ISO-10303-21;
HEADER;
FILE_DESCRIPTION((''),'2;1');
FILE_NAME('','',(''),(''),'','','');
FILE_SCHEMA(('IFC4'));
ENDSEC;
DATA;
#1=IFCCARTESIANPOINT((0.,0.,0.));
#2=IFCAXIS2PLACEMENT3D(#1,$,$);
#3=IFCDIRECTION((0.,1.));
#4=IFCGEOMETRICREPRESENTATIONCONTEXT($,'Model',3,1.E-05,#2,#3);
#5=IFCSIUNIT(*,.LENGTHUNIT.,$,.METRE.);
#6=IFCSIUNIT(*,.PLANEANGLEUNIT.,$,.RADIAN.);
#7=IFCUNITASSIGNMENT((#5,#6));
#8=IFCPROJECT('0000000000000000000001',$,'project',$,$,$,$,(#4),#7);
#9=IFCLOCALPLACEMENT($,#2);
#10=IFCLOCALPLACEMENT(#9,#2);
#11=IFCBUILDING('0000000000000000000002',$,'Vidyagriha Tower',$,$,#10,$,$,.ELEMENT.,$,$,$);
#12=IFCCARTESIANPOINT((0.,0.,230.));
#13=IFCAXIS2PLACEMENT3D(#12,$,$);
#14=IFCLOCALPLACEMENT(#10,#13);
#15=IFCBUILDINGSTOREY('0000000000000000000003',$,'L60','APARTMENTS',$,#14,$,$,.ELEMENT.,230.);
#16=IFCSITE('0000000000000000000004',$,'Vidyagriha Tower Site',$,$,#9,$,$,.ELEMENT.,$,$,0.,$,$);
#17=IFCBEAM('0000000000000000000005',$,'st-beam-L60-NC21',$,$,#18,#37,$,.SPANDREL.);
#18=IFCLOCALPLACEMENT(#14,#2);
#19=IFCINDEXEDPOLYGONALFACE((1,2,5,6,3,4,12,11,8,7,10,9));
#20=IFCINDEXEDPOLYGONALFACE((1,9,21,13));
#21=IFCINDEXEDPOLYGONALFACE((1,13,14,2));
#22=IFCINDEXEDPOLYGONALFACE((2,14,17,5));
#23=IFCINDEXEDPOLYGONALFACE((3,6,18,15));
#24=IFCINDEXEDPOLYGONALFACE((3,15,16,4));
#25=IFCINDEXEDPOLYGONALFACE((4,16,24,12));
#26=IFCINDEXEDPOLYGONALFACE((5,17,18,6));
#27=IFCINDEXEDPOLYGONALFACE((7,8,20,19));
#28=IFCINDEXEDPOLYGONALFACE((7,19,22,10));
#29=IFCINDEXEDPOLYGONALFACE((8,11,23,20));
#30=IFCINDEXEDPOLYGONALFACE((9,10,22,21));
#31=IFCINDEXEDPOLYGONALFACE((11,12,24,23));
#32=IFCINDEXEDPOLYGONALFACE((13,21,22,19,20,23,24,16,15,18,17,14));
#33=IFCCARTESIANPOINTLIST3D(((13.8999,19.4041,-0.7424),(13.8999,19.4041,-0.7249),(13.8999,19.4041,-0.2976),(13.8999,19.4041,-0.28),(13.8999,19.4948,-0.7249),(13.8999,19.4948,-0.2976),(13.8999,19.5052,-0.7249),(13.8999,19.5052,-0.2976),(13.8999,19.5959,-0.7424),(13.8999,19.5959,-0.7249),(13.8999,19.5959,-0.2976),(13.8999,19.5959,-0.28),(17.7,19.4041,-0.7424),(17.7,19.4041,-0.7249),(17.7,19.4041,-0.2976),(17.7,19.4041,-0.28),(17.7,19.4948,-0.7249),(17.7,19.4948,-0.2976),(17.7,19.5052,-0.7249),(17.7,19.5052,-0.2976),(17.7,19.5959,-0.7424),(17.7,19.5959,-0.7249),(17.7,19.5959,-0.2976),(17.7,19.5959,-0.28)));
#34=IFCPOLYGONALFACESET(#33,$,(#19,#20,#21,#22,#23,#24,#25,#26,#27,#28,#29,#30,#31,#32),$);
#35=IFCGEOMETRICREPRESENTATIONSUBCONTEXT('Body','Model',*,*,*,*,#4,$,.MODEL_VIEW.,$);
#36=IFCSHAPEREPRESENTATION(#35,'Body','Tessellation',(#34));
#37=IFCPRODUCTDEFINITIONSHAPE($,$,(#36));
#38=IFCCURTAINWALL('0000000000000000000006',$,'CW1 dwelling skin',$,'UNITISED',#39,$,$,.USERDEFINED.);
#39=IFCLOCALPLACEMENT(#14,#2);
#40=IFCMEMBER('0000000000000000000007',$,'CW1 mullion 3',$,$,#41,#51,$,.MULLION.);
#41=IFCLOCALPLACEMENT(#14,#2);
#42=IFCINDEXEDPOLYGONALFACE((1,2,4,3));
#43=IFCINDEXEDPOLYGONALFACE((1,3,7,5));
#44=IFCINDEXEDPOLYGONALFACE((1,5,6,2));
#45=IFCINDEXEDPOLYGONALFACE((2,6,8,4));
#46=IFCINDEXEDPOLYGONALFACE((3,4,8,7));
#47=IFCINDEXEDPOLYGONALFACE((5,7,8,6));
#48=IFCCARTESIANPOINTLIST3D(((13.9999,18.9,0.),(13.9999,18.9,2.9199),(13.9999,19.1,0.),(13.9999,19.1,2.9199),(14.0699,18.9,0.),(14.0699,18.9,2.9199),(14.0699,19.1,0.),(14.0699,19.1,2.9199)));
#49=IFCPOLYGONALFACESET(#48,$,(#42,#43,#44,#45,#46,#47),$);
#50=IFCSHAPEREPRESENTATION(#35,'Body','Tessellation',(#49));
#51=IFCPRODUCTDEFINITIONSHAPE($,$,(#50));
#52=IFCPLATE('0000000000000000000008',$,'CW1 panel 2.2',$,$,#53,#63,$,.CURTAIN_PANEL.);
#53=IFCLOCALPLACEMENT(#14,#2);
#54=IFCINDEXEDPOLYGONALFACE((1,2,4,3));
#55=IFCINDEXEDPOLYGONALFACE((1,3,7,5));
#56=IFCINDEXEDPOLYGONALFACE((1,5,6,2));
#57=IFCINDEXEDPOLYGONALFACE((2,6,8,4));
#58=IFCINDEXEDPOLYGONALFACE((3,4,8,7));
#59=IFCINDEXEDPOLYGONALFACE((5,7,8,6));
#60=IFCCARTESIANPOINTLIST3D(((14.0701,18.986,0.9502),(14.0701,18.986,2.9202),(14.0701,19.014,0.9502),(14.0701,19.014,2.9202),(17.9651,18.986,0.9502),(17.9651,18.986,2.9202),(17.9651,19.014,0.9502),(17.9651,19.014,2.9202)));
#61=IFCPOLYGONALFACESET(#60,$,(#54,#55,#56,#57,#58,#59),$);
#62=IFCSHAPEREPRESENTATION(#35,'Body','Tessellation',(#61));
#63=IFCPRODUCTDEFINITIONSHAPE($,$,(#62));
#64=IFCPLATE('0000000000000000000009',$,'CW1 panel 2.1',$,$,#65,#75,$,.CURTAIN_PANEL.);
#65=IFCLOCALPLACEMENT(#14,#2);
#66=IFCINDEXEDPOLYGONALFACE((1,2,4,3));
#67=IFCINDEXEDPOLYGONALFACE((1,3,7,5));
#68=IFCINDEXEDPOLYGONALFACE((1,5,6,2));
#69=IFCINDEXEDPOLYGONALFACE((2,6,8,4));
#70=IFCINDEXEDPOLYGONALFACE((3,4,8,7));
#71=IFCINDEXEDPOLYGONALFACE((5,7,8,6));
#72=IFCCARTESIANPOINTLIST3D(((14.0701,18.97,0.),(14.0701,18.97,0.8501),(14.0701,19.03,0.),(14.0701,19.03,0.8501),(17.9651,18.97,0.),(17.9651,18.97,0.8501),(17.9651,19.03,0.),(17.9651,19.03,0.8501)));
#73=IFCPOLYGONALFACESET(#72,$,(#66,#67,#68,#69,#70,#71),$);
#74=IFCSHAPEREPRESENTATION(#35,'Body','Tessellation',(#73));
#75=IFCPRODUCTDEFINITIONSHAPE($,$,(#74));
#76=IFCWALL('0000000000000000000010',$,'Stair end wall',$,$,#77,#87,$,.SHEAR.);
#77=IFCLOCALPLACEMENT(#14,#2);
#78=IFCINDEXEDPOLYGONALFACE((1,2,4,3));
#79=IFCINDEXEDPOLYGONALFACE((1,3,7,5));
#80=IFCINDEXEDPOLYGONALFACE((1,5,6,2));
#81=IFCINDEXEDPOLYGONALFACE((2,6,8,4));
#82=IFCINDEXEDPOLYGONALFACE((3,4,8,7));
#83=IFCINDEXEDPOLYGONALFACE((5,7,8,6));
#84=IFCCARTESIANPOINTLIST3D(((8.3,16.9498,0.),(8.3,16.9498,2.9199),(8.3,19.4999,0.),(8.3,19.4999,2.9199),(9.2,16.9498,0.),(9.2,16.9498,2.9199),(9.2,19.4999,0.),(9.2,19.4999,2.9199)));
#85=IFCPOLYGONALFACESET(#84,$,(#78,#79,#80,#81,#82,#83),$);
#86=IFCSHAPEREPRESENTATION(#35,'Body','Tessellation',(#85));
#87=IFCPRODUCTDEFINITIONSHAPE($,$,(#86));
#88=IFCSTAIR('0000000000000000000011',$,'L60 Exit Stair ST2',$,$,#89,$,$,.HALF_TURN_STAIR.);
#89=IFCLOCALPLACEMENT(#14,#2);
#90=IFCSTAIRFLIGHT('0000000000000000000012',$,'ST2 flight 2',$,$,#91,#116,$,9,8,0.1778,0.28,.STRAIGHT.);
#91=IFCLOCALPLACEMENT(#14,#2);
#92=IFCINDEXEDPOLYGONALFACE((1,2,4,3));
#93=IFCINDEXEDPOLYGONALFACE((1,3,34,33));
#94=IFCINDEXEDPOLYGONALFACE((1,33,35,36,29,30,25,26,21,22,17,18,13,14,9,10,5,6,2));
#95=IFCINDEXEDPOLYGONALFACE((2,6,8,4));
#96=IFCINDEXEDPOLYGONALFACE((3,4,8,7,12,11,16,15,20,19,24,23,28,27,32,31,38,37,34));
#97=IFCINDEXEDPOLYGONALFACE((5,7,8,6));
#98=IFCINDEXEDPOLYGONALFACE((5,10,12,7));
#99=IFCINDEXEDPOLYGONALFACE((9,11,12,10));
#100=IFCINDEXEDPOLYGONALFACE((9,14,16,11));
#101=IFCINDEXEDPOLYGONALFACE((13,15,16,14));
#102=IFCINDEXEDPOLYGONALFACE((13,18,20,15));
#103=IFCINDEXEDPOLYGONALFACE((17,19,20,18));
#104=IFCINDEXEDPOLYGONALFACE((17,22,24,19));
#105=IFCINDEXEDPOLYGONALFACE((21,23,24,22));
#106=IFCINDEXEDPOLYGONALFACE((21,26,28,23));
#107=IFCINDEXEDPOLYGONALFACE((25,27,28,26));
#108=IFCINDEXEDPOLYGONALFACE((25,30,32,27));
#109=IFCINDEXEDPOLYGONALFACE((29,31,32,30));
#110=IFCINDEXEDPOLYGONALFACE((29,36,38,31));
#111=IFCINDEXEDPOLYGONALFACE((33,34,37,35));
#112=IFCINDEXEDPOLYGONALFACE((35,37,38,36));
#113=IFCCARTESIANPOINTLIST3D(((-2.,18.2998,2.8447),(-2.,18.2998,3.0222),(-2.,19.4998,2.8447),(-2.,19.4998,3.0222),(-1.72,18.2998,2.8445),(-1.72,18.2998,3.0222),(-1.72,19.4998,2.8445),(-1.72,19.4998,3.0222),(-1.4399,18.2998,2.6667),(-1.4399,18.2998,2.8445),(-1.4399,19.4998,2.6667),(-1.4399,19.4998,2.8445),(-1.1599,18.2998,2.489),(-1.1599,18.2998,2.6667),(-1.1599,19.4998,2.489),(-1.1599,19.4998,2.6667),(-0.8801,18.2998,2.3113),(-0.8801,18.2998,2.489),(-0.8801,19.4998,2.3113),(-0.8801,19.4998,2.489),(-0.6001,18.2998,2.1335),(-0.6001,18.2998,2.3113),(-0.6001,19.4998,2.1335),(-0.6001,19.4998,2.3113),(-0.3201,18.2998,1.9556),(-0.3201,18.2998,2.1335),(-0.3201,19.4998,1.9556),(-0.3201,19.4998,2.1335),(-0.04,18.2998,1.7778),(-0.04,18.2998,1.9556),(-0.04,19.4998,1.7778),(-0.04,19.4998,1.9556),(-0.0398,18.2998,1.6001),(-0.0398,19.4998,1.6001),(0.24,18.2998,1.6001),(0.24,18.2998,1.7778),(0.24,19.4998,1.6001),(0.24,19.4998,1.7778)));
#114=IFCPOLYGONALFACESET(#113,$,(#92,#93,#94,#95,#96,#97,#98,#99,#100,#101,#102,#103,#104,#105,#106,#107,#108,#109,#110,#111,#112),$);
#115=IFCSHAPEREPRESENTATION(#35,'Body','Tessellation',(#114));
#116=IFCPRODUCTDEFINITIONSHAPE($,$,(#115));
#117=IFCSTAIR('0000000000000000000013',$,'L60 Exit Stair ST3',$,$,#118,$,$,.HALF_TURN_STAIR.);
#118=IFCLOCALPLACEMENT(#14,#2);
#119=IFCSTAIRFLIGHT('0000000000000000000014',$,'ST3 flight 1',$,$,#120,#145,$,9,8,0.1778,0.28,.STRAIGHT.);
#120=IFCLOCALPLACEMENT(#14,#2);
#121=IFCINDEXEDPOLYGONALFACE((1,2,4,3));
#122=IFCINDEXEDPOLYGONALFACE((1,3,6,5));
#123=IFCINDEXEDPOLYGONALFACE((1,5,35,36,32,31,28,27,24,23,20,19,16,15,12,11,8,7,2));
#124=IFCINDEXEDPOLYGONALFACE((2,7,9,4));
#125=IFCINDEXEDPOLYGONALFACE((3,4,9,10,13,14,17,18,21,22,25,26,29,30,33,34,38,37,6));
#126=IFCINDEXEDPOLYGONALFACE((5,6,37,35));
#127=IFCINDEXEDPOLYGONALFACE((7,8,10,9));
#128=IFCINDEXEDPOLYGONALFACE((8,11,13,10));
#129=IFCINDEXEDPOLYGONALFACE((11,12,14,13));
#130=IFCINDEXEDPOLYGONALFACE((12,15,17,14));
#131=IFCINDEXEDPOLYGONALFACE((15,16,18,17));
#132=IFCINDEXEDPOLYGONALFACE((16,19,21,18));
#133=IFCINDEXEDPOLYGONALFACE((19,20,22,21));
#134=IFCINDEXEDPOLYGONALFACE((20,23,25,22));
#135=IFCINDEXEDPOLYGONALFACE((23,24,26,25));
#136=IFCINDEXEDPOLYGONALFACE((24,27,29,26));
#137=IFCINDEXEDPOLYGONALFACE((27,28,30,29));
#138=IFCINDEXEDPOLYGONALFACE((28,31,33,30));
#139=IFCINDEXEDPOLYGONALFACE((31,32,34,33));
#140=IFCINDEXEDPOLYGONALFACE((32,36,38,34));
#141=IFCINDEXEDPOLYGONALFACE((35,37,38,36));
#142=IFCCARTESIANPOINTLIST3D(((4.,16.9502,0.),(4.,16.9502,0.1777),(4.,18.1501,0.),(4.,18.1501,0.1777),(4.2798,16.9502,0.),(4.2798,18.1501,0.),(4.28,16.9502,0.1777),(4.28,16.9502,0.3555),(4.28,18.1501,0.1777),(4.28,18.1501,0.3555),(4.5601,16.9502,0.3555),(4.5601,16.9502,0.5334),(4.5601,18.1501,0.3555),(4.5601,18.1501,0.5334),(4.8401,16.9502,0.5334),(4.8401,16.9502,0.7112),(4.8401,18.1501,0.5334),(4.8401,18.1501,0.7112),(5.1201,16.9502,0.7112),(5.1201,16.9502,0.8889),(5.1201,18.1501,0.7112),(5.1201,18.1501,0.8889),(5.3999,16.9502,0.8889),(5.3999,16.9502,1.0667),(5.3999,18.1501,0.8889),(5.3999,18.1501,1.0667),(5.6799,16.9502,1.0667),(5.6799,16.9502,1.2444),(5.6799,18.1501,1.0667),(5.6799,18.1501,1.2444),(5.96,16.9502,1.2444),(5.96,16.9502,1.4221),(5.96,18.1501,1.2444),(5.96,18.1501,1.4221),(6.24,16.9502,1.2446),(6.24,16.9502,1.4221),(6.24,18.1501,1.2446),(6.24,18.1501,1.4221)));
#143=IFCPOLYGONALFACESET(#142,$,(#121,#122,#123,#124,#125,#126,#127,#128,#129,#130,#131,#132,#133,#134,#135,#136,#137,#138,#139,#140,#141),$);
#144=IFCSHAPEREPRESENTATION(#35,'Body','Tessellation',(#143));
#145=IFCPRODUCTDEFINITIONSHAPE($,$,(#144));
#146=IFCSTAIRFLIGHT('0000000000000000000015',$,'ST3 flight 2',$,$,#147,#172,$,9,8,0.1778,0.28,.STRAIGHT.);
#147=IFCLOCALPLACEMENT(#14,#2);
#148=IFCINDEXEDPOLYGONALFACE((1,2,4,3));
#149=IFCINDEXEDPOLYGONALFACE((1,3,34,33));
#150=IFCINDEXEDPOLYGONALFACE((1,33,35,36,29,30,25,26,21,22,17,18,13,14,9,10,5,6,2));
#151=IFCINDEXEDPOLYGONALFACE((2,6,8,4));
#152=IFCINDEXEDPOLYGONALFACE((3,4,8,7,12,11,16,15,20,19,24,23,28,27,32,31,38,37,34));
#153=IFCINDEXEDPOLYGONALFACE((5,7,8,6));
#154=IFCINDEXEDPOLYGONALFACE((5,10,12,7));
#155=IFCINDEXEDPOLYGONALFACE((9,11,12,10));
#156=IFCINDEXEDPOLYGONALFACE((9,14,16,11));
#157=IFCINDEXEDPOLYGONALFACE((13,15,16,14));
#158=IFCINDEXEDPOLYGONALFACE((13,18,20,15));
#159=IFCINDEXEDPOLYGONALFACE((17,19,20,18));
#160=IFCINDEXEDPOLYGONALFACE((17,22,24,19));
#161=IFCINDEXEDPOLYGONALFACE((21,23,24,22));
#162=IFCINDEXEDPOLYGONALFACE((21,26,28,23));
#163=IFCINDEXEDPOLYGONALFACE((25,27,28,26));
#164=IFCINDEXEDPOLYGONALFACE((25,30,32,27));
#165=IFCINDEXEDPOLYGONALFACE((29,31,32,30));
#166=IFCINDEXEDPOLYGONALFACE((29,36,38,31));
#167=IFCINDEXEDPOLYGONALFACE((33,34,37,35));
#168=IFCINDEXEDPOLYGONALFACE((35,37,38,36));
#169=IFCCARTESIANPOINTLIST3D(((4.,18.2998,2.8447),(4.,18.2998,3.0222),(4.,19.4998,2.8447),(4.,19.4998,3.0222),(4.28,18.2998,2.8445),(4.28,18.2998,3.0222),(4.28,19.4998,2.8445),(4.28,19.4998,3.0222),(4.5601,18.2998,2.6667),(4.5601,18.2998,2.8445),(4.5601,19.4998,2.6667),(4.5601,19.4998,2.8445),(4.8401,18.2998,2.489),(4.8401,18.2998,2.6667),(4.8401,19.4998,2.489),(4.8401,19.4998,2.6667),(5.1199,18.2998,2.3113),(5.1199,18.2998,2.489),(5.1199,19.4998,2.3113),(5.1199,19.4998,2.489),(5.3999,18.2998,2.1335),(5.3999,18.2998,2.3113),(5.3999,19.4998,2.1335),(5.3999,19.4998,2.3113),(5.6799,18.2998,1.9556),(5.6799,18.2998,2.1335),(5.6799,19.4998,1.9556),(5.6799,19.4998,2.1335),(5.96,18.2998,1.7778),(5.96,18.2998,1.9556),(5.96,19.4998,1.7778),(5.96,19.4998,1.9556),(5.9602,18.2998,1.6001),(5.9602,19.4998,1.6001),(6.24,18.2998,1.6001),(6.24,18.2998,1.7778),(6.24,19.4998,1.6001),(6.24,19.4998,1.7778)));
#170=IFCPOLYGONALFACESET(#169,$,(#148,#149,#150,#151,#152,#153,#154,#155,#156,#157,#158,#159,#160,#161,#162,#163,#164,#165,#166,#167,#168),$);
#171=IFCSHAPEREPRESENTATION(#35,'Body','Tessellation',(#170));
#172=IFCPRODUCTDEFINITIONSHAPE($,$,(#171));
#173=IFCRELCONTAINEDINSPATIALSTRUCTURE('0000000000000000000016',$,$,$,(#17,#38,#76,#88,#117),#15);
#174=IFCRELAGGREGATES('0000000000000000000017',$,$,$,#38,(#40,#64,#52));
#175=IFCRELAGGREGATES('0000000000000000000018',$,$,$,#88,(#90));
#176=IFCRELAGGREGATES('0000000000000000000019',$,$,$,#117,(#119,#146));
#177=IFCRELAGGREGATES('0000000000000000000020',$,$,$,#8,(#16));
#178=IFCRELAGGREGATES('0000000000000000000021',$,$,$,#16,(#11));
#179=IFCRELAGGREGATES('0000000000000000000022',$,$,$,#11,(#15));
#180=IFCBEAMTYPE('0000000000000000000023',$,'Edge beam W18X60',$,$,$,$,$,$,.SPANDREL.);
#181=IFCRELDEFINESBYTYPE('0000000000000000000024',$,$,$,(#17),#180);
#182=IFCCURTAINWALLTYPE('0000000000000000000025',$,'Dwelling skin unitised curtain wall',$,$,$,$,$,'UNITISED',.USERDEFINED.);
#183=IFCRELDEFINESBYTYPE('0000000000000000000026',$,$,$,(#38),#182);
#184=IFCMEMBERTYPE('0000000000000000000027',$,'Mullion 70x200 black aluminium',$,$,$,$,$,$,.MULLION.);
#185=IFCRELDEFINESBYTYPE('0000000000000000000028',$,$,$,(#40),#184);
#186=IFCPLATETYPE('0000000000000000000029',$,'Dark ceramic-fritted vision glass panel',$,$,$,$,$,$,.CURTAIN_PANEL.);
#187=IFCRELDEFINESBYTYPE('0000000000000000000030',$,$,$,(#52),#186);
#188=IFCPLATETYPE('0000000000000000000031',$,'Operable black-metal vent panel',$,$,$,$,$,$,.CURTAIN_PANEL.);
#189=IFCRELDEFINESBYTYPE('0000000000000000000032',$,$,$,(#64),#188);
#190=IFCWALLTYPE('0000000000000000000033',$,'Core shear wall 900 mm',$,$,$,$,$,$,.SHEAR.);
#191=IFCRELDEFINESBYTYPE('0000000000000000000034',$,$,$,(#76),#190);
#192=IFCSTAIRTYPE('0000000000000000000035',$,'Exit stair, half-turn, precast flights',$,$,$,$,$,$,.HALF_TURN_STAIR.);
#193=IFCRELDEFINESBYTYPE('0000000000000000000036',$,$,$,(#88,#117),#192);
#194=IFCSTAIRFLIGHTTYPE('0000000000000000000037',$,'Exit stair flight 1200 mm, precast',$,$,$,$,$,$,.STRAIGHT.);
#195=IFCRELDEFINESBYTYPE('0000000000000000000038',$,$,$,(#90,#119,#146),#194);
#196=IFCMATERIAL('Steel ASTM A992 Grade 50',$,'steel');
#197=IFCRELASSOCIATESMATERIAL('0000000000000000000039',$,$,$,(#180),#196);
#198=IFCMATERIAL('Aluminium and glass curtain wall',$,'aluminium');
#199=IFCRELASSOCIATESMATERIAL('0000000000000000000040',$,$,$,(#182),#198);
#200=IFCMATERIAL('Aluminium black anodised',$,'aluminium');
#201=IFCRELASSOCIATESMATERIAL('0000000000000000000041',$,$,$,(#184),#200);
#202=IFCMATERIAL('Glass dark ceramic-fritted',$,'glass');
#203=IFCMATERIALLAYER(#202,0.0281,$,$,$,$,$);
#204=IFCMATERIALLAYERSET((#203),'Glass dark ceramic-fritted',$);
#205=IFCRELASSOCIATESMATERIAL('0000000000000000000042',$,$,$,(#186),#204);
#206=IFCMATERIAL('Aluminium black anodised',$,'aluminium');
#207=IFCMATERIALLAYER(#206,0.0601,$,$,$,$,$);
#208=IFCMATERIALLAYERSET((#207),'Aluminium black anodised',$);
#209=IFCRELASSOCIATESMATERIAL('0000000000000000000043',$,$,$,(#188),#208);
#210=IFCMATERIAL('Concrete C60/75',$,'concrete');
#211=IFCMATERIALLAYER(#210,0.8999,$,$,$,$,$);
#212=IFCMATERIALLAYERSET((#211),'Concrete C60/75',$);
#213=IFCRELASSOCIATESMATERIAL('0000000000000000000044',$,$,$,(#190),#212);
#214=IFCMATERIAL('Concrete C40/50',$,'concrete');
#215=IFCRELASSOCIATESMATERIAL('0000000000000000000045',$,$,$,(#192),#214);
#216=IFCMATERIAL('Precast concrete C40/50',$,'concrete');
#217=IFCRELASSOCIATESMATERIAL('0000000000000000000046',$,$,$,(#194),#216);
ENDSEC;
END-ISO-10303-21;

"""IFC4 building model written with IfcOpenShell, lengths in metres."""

from ifc_helpers import new_model, si_unit, direction, frame, frame_2d, origin, origin_2d, place, context, subcontext, project, spatial, polyline, rectangle, i_section, outline, extrude, material, layer, layer_set, material_profile, profile_set, type_object, element, aggregate, save


model = new_model("IFC4")

# Units and contexts
model_context = context("Model", 3, precision=1e-05, world=origin(), true_north=direction((0.0, 1.0)))
body_context = subcontext(model_context, "Body", "Model", "MODEL_VIEW")
ifc_project = project(units=[si_unit("LENGTHUNIT", "METRE"), si_unit("PLANEANGLEUNIT", "RADIAN")], contexts=[model_context])

# Site, building, storey
site_placement = place(None, origin())
site = spatial("IfcSite", under=ifc_project, at=site_placement, Name="Vidyagriha Tower Site", CompositionType="ELEMENT", RefElevation=0.0)
building_placement = place(site_placement, origin())
building = spatial("IfcBuilding", under=site, at=building_placement, Name="Vidyagriha Tower", CompositionType="ELEMENT")
storey_placement = place(building_placement, frame((0.0, 0.0, 230.0)))
storey = spatial("IfcBuildingStorey", under=building, at=storey_placement, Name="L60", Description="APARTMENTS", CompositionType="ELEMENT", Elevation=230.0)

# Beam
ifc_material_1 = material(Name="Steel ASTM A992 Grade 50", Category="steel")
ifc_material_profile_1 = material_profile(ifc_material_1, i_section(OverallWidth=0.1919, OverallDepth=0.4624, WebThickness=0.0105, FlangeThickness=0.0176, at=origin_2d()), Name="W18X60")
ifc_profile_set_1 = profile_set([ifc_material_profile_1], Name="Steel ASTM A992 Grade 50")
beam_type = type_object("IfcBeamType", Name="Edge beam W18X60", PredefinedType="SPANDREL", material=ifc_profile_set_1)
beam_placement = place(storey_placement, frame((13.8999, 19.5, -0.5112), z_axis=(1.0, 0.0, 0.0), x_axis=(0.0, 1.0, 0.0)))
element("IfcBeam", 1, at=beam_placement, inside=storey, type_object=beam_type, Name="st-beam-L60-NC21", PredefinedType="SPANDREL", context=body_context, shape_type="SweptSolid", body=[
    extrude(i_section(OverallWidth=0.1919, OverallDepth=0.4624, WebThickness=0.0105, FlangeThickness=0.0176, at=origin_2d()), origin(), (0.0, 0.0, 1.0), 3.8),
])

# Curtain wall, member, plates
ifc_material_2 = material(Name="Aluminium and glass curtain wall", Category="aluminium")
curtain_wall_type = type_object("IfcCurtainWallType", Name="Dwelling skin unitised curtain wall", ElementType="UNITISED", PredefinedType="USERDEFINED", material=ifc_material_2)
curtain_wall_placement = place(storey_placement, origin())
curtain_wall = element("IfcCurtainWall", 2, at=curtain_wall_placement, inside=storey, type_object=curtain_wall_type, Name="CW1 dwelling skin", ObjectType="UNITISED", PredefinedType="USERDEFINED")
ifc_material_3 = material(Name="Aluminium black anodised", Category="aluminium")
ifc_material_profile_2 = material_profile(ifc_material_3, rectangle(XDim=0.2, YDim=0.0701, at=origin_2d()), Name="Mullion 70x200 black aluminium")
ifc_profile_set_2 = profile_set([ifc_material_profile_2], Name="Aluminium black anodised")
member_type = type_object("IfcMemberType", Name="Mullion 70x200 black aluminium", PredefinedType="MULLION", material=ifc_profile_set_2)
member_placement = place(storey_placement, frame((14.0349, 19.0, 0.0), z_axis=(0.0, 0.0, 1.0), x_axis=(0.0, -1.0, 0.0)))
member = element("IfcMember", 3, at=member_placement, type_object=member_type, Name="CW1 mullion 3", PredefinedType="MULLION", context=body_context, shape_type="SweptSolid", body=[
    extrude(rectangle(XDim=0.2, YDim=0.0701, at=origin_2d()), origin(), (0.0, 0.0, 1.0), 2.9199),
])
ifc_material_4 = material(Name="Glass dark ceramic-fritted", Category="glass")
ifc_layer_1 = layer(ifc_material_4, 0.0281)
ifc_layer_set_1 = layer_set([ifc_layer_1], Name="Glass dark ceramic-fritted")
plate_type_1 = type_object("IfcPlateType", Name="Dark ceramic-fritted vision glass panel", PredefinedType="CURTAIN_PANEL", material=ifc_layer_set_1)
plate_1_placement = place(storey_placement, frame((16.0176, 19.0, 0.9502), z_axis=(0.0, 0.0, 1.0), x_axis=(-1.0, 0.0, 0.0)))
plate_1 = element("IfcPlate", 4, at=plate_1_placement, type_object=plate_type_1, Name="CW1 panel 2.2", PredefinedType="CURTAIN_PANEL", context=body_context, shape_type="SweptSolid", body=[
    extrude(rectangle(XDim=3.895, YDim=0.0281, at=origin_2d()), origin(), (0.0, 0.0, 1.0), 1.97),
])
ifc_material_5 = material(Name="Aluminium black anodised", Category="aluminium")
ifc_layer_2 = layer(ifc_material_5, 0.0601)
ifc_layer_set_2 = layer_set([ifc_layer_2], Name="Aluminium black anodised")
plate_type_2 = type_object("IfcPlateType", Name="Operable black-metal vent panel", PredefinedType="CURTAIN_PANEL", material=ifc_layer_set_2)
plate_2_placement = place(storey_placement, frame((16.0176, 19.0, 0.0), z_axis=(0.0, 0.0, 1.0), x_axis=(-1.0, 0.0, 0.0)))
plate_2 = element("IfcPlate", 5, at=plate_2_placement, type_object=plate_type_2, Name="CW1 panel 2.1", PredefinedType="CURTAIN_PANEL", context=body_context, shape_type="SweptSolid", body=[
    extrude(rectangle(XDim=3.895, YDim=0.0601, at=origin_2d()), origin(), (0.0, 0.0, 1.0), 0.8501),
])
aggregate(curtain_wall, [member, plate_2, plate_1])

# Wall
ifc_material_6 = material(Name="Concrete C60/75", Category="concrete")
ifc_layer_3 = layer(ifc_material_6, 0.8999)
ifc_layer_set_3 = layer_set([ifc_layer_3], Name="Concrete C60/75")
wall_type = type_object("IfcWallType", Name="Core shear wall 900 mm", PredefinedType="SHEAR", material=ifc_layer_set_3)
wall_placement = place(storey_placement, frame((8.75, 16.95, 0.0), z_axis=(0.0, 0.0, 1.0), x_axis=(0.0, 1.0, 0.0)))
element("IfcWall", 6, at=wall_placement, inside=storey, type_object=wall_type, Name="Stair end wall", PredefinedType="SHEAR", context=body_context, shape_type="SweptSolid", body=[
    extrude(rectangle(XDim=2.55, YDim=0.8999, at=frame_2d((1.2749, 0.0))), origin(), (0.0, 0.0, 1.0), 2.9199),
])

# Stair, stair flight
ifc_material_7 = material(Name="Concrete C40/50", Category="concrete")
stair_type = type_object("IfcStairType", Name="Exit stair, half-turn, precast flights", PredefinedType="HALF_TURN_STAIR", material=ifc_material_7)
stair_1_placement = place(storey_placement, origin())
stair_1 = element("IfcStair", 7, at=stair_1_placement, inside=storey, type_object=stair_type, Name="L60 Exit Stair ST2", PredefinedType="HALF_TURN_STAIR")
ifc_material_8 = material(Name="Precast concrete C40/50", Category="concrete")
stair_flight_type = type_object("IfcStairFlightType", Name="Exit stair flight 1200 mm, precast", PredefinedType="STRAIGHT", material=ifc_material_8)
stair_flight_1_placement = place(storey_placement, frame((0.24, 18.8999, 1.6001), z_axis=(0.0, 0.0, 1.0), x_axis=(-1.0, 0.0, 0.0)))
stair_flight_1 = element("IfcStairFlight", 8, at=stair_flight_1_placement, type_object=stair_flight_type, Name="ST2 flight 2", NumberOfRisers=9, NumberOfTreads=8, PredefinedType="STRAIGHT", RiserHeight=0.1778, TreadLength=0.28, context=body_context, shape_type="SweptSolid", body=[
    extrude(outline(polyline([(0.0, 0.0), (0.0, 0.1777), (0.28, 0.1777), (0.28, 0.3555), (0.5601, 0.3555), (0.5601, 0.5334), (0.8401, 0.5334), (0.8401, 0.7112), (1.1201, 0.7112), (1.1201, 0.8889), (1.3999, 0.8889), (1.3999, 1.0667), (1.6799, 1.0667), (1.6799, 1.2444), (1.96, 1.2444), (1.96, 1.4221), (2.24, 1.4221), (2.24, 1.6001), (2.24, 1.2446), (0.2798, 0.0), (0.0, 0.0)])), frame((0.0, 0.6001, 0.0), z_axis=(0.0, -1.0, 0.0), x_axis=(1.0, 0.0, 0.0)), (0.0, 0.0, 1.0), 1.2),
])
aggregate(stair_1, [stair_flight_1])

# Stair, stair flights
stair_2_placement = place(storey_placement, origin())
stair_2 = element("IfcStair", 9, at=stair_2_placement, inside=storey, type_object=stair_type, Name="L60 Exit Stair ST3", PredefinedType="HALF_TURN_STAIR")
stair_flight_2_placement = place(storey_placement, frame((4.0, 17.55, 0.0)))
stair_flight_2 = element("IfcStairFlight", 10, at=stair_flight_2_placement, type_object=stair_flight_type, Name="ST3 flight 1", NumberOfRisers=9, NumberOfTreads=8, PredefinedType="STRAIGHT", RiserHeight=0.1778, TreadLength=0.28, context=body_context, shape_type="SweptSolid", body=[
    extrude(outline(polyline([(0.0, 0.0), (0.0, 0.1777), (0.28, 0.1777), (0.28, 0.3555), (0.5601, 0.3555), (0.5601, 0.5334), (0.8401, 0.5334), (0.8401, 0.7112), (1.1201, 0.7112), (1.1201, 0.8889), (1.3999, 0.8889), (1.3999, 1.0667), (1.6799, 1.0667), (1.6799, 1.2444), (1.96, 1.2444), (1.96, 1.4221), (2.24, 1.4221), (2.24, 1.6001), (2.24, 1.2446), (0.2798, 0.0), (0.0, 0.0)])), frame((0.0, 0.6001, 0.0), z_axis=(0.0, -1.0, 0.0), x_axis=(1.0, 0.0, 0.0)), (0.0, 0.0, 1.0), 1.2),
])
stair_flight_3_placement = place(storey_placement, frame((6.24, 18.8999, 1.6001), z_axis=(0.0, 0.0, 1.0), x_axis=(-1.0, 0.0, 0.0)))
stair_flight_3 = element("IfcStairFlight", 11, at=stair_flight_3_placement, type_object=stair_flight_type, Name="ST3 flight 2", NumberOfRisers=9, NumberOfTreads=8, PredefinedType="STRAIGHT", RiserHeight=0.1778, TreadLength=0.28, context=body_context, shape_type="SweptSolid", body=[
    extrude(outline(polyline([(0.0, 0.0), (0.0, 0.1777), (0.28, 0.1777), (0.28, 0.3555), (0.5601, 0.3555), (0.5601, 0.5334), (0.8401, 0.5334), (0.8401, 0.7112), (1.1201, 0.7112), (1.1201, 0.8889), (1.3999, 0.8889), (1.3999, 1.0667), (1.6799, 1.0667), (1.6799, 1.2444), (1.96, 1.2444), (1.96, 1.4221), (2.24, 1.4221), (2.24, 1.6001), (2.24, 1.2446), (0.2798, 0.0), (0.0, 0.0)])), frame((0.0, 0.6001, 0.0), z_axis=(0.0, -1.0, 0.0), x_axis=(1.0, 0.0, 0.0)), (0.0, 0.0, 1.0), 1.2),
])
aggregate(stair_2, [stair_flight_2, stair_flight_3])

save(model, "model.ifc")
